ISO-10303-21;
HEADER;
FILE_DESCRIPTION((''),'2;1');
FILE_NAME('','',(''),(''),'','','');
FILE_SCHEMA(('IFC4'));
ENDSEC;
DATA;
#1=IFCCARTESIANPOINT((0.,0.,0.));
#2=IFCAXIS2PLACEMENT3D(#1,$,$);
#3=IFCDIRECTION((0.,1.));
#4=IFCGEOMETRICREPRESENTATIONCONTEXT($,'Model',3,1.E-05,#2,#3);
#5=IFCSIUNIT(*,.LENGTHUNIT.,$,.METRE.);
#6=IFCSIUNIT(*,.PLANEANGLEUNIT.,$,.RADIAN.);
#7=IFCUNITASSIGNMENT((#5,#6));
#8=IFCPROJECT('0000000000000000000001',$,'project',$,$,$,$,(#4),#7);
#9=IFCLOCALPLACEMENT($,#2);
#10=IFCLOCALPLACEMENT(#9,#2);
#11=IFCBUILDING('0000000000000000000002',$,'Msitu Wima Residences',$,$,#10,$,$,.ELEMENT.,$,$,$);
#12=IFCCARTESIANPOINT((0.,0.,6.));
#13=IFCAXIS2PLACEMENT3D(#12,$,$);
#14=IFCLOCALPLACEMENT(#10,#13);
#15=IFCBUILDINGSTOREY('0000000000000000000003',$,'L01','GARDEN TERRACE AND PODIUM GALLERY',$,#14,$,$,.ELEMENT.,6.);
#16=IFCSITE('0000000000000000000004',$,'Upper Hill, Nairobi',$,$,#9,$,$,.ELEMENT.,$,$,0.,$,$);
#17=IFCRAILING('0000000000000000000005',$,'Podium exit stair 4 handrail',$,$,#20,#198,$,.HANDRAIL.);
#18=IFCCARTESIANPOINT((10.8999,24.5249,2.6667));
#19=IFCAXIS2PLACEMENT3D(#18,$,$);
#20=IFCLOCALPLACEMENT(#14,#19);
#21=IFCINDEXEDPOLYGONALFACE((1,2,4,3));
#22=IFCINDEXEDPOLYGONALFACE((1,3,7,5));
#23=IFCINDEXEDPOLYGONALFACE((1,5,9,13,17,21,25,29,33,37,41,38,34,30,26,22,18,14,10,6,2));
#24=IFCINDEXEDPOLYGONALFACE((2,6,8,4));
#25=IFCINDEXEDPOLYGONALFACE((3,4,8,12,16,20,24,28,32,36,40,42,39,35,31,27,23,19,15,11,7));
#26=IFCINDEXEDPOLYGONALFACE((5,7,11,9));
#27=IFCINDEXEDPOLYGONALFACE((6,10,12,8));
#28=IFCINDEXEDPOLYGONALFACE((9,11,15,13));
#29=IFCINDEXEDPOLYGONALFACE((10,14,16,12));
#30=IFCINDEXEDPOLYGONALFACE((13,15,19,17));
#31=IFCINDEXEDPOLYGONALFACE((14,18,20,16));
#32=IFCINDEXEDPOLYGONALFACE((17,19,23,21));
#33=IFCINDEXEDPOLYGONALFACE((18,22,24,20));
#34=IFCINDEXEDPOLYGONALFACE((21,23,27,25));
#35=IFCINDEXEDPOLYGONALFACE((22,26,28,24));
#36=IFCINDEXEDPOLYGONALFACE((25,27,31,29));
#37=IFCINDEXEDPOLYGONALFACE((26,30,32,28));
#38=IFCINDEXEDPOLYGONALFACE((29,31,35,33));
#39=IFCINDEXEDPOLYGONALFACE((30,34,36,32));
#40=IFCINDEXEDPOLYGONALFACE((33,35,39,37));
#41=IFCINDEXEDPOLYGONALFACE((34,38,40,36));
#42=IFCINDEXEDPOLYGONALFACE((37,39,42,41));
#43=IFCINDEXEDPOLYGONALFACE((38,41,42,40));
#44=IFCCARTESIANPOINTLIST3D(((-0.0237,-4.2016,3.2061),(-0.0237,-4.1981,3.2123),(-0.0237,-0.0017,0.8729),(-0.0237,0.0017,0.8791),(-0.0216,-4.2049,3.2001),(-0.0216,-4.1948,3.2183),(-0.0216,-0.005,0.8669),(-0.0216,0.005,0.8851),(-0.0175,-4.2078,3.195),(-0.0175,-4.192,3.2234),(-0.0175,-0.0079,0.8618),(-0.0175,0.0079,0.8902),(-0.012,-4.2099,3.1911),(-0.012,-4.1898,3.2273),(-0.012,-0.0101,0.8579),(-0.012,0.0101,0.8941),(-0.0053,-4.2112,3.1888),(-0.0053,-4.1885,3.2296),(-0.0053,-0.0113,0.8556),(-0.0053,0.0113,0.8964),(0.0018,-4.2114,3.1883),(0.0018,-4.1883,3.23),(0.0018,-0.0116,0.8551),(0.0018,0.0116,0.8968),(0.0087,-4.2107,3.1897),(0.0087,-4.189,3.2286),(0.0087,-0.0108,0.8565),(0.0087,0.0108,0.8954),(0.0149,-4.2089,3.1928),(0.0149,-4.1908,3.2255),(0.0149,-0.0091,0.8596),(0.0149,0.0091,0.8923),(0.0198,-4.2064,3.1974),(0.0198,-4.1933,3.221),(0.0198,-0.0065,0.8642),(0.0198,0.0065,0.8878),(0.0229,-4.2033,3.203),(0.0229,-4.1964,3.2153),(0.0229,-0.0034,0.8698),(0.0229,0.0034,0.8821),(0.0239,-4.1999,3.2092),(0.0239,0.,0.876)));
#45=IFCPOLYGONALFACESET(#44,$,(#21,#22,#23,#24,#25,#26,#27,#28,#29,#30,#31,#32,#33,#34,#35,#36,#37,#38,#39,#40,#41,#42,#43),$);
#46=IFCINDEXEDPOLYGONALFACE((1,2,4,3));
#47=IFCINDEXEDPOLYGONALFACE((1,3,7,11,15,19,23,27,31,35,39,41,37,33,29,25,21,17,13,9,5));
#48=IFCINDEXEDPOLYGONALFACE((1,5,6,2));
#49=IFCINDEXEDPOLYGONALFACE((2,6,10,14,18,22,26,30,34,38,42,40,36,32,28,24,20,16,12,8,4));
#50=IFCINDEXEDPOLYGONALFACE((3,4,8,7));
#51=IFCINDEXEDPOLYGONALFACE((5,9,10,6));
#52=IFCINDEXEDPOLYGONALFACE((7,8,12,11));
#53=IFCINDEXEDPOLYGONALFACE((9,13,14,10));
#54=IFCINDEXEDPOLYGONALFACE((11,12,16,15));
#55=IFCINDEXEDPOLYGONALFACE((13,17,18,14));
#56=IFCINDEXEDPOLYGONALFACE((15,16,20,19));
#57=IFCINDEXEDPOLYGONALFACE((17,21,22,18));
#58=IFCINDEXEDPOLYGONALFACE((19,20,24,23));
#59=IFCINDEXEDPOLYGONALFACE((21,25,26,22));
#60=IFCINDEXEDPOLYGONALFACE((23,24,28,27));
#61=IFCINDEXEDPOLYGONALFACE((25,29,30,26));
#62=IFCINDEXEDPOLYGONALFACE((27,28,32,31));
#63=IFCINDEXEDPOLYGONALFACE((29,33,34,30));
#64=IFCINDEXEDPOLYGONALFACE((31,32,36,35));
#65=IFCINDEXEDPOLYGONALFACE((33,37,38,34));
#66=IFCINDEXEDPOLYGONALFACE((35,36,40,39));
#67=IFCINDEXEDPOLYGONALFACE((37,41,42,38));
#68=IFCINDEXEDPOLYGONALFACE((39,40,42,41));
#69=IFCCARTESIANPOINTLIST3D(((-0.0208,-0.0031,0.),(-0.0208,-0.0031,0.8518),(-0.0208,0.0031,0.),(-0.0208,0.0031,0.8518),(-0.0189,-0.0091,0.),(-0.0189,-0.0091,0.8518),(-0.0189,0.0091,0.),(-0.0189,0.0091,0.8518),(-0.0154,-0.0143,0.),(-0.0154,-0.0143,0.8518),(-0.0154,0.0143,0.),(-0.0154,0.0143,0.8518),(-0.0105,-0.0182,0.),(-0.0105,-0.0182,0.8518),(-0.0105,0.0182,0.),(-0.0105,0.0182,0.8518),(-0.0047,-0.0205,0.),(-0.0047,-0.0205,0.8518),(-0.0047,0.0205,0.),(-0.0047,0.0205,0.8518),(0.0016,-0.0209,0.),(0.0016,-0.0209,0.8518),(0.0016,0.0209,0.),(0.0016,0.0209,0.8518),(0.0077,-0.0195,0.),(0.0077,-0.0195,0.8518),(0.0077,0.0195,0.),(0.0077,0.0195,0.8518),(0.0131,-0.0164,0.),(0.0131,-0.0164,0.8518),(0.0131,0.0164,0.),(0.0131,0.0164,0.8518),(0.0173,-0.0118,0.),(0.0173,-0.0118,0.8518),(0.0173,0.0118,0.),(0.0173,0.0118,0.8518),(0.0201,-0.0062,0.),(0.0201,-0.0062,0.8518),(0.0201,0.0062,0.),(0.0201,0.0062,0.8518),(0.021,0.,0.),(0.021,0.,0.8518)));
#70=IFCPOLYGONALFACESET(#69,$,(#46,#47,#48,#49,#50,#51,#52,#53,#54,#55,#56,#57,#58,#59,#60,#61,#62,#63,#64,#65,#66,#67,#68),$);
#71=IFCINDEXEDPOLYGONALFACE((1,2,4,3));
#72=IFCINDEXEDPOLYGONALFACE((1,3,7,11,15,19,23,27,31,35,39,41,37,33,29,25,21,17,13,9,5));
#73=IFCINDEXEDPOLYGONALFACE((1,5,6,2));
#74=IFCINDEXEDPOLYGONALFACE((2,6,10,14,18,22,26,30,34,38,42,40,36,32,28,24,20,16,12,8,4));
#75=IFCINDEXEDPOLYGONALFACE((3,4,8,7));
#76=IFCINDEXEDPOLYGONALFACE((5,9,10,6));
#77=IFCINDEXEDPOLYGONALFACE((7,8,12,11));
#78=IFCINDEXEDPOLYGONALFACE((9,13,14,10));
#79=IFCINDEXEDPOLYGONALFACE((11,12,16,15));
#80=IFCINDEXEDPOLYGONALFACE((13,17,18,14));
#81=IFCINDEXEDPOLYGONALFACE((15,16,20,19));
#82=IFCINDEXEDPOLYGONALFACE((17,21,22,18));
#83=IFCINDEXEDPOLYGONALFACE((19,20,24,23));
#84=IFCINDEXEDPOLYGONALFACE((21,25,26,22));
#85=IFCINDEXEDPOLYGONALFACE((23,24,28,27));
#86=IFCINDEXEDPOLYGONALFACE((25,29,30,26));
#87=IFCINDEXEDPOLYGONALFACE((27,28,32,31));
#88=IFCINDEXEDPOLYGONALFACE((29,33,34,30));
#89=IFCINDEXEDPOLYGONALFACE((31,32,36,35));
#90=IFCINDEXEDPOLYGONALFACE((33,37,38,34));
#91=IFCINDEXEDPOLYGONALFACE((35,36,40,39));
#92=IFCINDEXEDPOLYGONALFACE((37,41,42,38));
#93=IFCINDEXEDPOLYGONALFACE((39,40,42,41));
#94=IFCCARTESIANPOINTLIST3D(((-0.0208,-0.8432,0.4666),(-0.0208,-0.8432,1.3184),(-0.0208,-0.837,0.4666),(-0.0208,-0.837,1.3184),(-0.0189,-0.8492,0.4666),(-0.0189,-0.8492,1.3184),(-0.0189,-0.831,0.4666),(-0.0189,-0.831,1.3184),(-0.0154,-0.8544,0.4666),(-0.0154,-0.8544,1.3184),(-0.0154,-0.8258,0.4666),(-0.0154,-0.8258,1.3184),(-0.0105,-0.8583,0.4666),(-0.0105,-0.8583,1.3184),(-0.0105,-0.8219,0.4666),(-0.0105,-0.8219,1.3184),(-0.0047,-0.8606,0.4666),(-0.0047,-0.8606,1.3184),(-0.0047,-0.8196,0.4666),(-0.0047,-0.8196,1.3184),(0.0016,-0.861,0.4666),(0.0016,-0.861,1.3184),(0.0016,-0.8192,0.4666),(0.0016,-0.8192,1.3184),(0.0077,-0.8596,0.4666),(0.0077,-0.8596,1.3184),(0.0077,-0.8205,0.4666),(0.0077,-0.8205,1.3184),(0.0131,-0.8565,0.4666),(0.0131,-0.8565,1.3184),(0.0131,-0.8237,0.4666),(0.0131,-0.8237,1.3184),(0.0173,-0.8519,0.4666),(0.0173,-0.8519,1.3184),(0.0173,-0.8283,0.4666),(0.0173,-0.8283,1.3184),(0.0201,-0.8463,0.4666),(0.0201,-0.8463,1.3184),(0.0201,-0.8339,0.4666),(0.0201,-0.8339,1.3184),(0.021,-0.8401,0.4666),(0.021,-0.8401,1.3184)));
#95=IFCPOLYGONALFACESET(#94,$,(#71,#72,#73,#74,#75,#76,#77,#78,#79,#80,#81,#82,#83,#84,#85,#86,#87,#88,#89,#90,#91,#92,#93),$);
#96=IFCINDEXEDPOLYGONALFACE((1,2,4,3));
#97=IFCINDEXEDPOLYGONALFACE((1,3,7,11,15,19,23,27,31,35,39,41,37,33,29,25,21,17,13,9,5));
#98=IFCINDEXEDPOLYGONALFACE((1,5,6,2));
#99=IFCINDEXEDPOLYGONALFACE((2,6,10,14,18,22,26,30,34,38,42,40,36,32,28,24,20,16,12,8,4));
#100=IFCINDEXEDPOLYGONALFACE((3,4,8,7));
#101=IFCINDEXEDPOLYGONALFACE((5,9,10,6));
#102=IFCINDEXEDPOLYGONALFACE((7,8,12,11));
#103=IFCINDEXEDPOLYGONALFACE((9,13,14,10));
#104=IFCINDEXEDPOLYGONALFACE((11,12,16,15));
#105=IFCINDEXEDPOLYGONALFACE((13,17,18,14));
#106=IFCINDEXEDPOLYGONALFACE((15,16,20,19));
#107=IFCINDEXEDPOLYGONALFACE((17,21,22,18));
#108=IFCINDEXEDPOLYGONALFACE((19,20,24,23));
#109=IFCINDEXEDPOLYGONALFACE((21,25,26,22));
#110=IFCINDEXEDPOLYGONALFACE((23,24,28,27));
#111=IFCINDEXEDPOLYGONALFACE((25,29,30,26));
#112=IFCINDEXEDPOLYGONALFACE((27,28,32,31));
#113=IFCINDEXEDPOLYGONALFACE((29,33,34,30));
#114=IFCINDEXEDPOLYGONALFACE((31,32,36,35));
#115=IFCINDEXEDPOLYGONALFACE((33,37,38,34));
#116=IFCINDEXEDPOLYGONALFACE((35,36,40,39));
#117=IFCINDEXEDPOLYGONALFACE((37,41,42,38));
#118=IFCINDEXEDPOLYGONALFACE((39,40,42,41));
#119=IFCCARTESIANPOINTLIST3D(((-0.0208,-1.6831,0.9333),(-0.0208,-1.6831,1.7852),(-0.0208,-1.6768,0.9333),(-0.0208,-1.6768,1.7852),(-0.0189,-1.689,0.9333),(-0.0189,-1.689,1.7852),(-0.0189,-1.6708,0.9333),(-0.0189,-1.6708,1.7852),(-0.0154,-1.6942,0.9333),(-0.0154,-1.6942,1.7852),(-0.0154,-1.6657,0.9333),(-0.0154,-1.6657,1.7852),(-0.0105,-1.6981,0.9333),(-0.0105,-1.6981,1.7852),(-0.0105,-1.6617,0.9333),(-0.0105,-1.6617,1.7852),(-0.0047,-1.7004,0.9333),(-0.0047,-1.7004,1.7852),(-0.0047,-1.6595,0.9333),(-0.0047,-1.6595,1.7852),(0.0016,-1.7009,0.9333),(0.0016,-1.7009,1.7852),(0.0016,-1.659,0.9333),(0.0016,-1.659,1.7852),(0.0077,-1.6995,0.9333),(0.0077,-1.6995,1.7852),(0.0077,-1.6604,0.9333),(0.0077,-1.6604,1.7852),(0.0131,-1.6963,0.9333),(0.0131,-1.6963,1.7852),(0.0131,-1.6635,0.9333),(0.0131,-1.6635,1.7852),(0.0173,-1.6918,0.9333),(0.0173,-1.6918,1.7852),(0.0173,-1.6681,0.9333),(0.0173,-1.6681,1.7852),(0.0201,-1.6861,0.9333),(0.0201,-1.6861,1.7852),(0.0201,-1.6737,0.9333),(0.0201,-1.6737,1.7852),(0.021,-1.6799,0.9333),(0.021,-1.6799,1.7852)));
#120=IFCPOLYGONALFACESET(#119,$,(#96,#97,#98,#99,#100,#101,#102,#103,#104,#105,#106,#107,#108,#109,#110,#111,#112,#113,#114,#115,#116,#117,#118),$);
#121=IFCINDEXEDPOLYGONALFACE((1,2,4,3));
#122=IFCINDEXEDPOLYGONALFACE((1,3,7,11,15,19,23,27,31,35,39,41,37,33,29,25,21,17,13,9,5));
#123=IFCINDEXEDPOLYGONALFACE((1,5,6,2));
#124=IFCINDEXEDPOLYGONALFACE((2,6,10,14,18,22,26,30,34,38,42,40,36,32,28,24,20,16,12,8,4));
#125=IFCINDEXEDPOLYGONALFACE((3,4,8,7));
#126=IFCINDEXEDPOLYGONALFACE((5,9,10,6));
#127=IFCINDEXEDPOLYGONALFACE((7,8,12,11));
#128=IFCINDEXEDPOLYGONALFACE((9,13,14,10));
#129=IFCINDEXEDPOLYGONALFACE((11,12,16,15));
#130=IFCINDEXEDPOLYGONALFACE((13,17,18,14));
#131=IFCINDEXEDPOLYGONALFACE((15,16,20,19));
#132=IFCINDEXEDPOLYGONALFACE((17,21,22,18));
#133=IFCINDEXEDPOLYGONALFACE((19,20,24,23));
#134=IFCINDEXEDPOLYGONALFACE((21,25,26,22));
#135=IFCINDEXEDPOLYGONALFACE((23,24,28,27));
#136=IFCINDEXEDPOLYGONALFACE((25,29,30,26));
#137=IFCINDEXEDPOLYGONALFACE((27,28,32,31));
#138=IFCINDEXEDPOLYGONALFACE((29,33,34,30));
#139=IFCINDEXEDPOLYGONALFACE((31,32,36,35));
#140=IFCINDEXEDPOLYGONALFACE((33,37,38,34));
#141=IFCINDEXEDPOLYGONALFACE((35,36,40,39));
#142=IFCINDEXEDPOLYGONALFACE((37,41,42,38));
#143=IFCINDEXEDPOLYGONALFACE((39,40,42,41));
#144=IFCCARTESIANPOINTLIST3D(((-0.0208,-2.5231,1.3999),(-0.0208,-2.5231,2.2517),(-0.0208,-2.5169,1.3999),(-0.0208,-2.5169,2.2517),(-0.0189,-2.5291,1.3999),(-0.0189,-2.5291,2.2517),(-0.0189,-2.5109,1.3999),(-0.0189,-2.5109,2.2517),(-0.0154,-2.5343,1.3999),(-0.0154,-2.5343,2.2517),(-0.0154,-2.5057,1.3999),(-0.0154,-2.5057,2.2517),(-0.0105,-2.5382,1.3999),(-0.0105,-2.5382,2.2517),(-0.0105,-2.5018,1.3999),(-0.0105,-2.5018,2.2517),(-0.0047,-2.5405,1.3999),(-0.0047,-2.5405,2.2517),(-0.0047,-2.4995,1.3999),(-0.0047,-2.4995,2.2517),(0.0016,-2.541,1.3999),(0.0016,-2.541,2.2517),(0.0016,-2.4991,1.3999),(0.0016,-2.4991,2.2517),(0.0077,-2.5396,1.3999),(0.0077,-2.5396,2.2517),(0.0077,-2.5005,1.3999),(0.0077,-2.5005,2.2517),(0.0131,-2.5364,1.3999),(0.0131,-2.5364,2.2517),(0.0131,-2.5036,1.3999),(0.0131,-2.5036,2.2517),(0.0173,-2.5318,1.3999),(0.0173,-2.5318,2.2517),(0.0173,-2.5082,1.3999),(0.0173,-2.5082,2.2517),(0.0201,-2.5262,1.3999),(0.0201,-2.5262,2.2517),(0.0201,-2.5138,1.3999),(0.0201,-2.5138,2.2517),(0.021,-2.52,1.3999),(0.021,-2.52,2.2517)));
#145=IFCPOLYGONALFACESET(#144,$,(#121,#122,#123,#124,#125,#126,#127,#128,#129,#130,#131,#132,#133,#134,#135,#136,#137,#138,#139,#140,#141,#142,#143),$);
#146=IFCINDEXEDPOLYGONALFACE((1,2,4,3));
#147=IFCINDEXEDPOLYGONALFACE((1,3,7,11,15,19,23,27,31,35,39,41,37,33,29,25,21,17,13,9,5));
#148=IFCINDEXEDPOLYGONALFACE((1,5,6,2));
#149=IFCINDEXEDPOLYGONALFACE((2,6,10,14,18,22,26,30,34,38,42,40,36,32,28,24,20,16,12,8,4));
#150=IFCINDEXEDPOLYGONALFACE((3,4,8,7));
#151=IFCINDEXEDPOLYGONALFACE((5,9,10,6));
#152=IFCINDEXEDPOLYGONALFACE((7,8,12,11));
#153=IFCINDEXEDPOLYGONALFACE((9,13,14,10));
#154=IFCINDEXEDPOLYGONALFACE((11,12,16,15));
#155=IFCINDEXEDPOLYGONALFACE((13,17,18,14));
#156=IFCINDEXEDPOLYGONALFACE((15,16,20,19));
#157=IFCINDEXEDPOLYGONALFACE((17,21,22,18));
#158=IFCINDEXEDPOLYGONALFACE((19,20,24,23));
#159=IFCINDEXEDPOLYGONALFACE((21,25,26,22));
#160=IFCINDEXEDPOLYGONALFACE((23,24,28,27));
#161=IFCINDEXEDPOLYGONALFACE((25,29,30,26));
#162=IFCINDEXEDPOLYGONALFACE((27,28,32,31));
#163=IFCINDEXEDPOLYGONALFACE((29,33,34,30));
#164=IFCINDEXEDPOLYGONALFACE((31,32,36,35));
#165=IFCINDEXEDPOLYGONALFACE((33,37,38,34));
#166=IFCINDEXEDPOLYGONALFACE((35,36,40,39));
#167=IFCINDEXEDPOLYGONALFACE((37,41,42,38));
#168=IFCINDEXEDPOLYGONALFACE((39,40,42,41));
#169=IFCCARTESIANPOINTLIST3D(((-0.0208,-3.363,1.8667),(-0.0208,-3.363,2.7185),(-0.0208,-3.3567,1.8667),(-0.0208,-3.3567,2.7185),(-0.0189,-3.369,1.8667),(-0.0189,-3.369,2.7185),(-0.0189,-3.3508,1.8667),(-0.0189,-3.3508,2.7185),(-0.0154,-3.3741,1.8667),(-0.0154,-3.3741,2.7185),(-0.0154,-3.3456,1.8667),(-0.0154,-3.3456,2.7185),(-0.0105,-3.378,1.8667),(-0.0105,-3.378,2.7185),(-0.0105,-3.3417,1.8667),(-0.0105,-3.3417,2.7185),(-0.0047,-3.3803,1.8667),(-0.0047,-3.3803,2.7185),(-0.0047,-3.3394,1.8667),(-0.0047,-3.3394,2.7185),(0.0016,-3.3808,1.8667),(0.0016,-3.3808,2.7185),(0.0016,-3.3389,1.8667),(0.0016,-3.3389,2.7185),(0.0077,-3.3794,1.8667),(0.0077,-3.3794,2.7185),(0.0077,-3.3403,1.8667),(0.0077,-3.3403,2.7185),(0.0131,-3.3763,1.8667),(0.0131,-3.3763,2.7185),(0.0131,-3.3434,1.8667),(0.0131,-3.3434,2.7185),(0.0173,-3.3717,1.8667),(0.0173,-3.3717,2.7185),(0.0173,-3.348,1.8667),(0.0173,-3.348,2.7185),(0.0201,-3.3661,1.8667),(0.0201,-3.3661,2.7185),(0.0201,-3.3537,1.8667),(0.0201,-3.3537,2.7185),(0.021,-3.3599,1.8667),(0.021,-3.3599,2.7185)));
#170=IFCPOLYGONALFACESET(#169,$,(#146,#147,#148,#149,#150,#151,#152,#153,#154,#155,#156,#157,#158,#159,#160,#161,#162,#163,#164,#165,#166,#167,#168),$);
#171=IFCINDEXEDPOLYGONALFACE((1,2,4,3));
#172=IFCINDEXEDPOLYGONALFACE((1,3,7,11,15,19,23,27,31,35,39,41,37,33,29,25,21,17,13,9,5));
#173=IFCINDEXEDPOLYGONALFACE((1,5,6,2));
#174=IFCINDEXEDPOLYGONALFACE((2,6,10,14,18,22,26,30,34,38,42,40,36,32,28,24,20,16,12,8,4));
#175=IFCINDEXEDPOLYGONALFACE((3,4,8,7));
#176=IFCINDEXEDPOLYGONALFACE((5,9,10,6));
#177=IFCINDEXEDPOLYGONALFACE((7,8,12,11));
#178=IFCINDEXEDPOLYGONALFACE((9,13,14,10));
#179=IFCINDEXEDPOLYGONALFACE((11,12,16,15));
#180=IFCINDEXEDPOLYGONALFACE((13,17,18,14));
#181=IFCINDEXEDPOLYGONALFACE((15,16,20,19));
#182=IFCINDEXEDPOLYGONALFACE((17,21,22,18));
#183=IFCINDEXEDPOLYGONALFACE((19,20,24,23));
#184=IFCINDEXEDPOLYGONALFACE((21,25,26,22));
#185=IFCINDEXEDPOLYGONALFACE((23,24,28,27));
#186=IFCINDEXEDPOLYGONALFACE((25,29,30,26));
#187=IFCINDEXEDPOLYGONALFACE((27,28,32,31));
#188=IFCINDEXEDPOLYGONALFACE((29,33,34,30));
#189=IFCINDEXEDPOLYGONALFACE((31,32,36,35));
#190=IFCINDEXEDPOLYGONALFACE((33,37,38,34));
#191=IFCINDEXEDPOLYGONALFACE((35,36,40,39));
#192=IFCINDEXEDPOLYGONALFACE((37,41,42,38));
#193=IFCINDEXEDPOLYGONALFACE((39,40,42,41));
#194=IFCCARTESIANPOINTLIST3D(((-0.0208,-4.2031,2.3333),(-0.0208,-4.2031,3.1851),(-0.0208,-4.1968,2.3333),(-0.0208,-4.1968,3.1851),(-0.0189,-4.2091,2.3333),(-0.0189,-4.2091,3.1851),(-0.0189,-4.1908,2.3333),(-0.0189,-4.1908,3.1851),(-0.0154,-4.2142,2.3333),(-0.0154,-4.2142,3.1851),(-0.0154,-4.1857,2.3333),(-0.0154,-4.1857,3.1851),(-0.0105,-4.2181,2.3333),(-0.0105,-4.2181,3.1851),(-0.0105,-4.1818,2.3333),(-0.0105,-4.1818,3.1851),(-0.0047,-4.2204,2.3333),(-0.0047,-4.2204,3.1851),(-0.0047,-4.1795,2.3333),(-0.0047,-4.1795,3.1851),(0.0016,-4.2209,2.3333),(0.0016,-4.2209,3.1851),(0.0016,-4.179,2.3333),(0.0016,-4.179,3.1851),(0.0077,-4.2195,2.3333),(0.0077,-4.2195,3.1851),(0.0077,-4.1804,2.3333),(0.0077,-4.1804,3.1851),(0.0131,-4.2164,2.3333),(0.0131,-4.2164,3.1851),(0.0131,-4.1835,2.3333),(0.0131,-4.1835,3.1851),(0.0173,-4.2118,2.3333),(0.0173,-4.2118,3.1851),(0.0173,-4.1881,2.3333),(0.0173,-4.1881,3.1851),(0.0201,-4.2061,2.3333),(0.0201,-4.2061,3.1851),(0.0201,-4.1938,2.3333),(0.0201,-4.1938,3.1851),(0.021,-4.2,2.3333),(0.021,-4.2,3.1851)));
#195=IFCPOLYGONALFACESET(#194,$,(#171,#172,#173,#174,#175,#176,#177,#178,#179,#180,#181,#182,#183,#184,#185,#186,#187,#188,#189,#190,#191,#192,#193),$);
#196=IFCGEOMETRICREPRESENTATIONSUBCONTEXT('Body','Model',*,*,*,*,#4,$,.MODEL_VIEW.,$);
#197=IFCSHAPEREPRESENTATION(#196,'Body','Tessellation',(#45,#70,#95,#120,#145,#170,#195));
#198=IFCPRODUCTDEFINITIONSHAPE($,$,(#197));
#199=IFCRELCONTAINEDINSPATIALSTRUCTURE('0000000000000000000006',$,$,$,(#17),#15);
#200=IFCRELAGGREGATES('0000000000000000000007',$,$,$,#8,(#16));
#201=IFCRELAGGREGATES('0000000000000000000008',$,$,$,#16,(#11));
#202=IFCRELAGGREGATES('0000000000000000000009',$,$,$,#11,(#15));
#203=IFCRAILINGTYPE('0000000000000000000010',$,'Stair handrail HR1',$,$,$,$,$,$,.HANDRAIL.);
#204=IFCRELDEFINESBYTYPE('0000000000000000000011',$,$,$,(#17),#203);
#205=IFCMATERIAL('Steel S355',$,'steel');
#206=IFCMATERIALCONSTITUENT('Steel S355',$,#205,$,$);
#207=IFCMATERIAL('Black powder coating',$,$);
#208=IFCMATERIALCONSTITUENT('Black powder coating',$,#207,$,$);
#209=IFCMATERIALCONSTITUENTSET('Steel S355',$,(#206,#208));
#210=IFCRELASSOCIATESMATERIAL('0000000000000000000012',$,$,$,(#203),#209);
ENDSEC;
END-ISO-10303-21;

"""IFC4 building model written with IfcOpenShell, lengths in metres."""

from ifc_helpers import new_model, si_unit, direction, frame, origin, origin_2d, place, context, subcontext, project, spatial, circle, extrude, material, constituent, constituent_set, type_object, element, save


model = new_model("IFC4")

# Units and contexts
model_context = context("Model", 3, precision=1e-05, world=origin(), true_north=direction((0.0, 1.0)))
body_context = subcontext(model_context, "Body", "Model", "MODEL_VIEW")
ifc_project = project(units=[si_unit("LENGTHUNIT", "METRE"), si_unit("PLANEANGLEUNIT", "RADIAN")], contexts=[model_context])

# Site, building, storey
site_placement = place(None, origin())
site = spatial("IfcSite", under=ifc_project, at=site_placement, Name="Upper Hill, Nairobi", CompositionType="ELEMENT", RefElevation=0.0)
building_placement = place(site_placement, origin())
building = spatial("IfcBuilding", under=site, at=building_placement, Name="Msitu Wima Residences", CompositionType="ELEMENT")
storey_placement = place(building_placement, frame((0.0, 0.0, 6.0)))
storey = spatial("IfcBuildingStorey", under=building, at=storey_placement, Name="L01", Description="GARDEN TERRACE AND PODIUM GALLERY", CompositionType="ELEMENT", Elevation=6.0)

# Railing
ifc_material_1 = material(Name="Steel S355", Category="steel")
ifc_constituent_1 = constituent(ifc_material_1, Name="Steel S355")
ifc_material_2 = material(Name="Black powder coating")
ifc_constituent_2 = constituent(ifc_material_2, Name="Black powder coating")
ifc_constituent_set = constituent_set(constituents=[ifc_constituent_1, ifc_constituent_2], Name="Steel S355")
railing_type = type_object("IfcRailingType", Name="Stair handrail HR1", PredefinedType="HANDRAIL", material=ifc_constituent_set)
for number, where, name in (
    (1, (10.8999, 24.5249, 2.6667), "Podium exit stair 4 handrail"),
):
    element("IfcRailing", number, at=place(storey_placement, frame(where)), inside=storey, type_object=railing_type, Name=name, PredefinedType="HANDRAIL", context=body_context, shape_type="SweptSolid", body=[
        extrude(circle(Radius=0.0239, at=origin_2d()), frame((0.0, 0.0, 0.876), z_axis=(0.0, -0.874162, 0.485634), x_axis=(1.0, 0.0, 0.0)), (0.0, 0.0, 1.0), 4.8044),
        extrude(circle(Radius=0.021, at=origin_2d()), origin(), (0.0, 0.0, 1.0), 0.8518),
        extrude(circle(Radius=0.021, at=origin_2d()), frame((0.0, -0.8401, 0.4666)), (0.0, 0.0, 1.0), 0.8518),
        extrude(circle(Radius=0.021, at=origin_2d()), frame((0.0, -1.6799, 0.9333)), (0.0, 0.0, 1.0), 0.8518),
        extrude(circle(Radius=0.021, at=origin_2d()), frame((0.0, -2.52, 1.3999)), (0.0, 0.0, 1.0), 0.8518),
        extrude(circle(Radius=0.021, at=origin_2d()), frame((0.0, -3.3599, 1.8667)), (0.0, 0.0, 1.0), 0.8518),
        extrude(circle(Radius=0.021, at=origin_2d()), frame((0.0, -4.2, 2.3333)), (0.0, 0.0, 1.0), 0.8518),
    ])

save(model, "model.ifc")
